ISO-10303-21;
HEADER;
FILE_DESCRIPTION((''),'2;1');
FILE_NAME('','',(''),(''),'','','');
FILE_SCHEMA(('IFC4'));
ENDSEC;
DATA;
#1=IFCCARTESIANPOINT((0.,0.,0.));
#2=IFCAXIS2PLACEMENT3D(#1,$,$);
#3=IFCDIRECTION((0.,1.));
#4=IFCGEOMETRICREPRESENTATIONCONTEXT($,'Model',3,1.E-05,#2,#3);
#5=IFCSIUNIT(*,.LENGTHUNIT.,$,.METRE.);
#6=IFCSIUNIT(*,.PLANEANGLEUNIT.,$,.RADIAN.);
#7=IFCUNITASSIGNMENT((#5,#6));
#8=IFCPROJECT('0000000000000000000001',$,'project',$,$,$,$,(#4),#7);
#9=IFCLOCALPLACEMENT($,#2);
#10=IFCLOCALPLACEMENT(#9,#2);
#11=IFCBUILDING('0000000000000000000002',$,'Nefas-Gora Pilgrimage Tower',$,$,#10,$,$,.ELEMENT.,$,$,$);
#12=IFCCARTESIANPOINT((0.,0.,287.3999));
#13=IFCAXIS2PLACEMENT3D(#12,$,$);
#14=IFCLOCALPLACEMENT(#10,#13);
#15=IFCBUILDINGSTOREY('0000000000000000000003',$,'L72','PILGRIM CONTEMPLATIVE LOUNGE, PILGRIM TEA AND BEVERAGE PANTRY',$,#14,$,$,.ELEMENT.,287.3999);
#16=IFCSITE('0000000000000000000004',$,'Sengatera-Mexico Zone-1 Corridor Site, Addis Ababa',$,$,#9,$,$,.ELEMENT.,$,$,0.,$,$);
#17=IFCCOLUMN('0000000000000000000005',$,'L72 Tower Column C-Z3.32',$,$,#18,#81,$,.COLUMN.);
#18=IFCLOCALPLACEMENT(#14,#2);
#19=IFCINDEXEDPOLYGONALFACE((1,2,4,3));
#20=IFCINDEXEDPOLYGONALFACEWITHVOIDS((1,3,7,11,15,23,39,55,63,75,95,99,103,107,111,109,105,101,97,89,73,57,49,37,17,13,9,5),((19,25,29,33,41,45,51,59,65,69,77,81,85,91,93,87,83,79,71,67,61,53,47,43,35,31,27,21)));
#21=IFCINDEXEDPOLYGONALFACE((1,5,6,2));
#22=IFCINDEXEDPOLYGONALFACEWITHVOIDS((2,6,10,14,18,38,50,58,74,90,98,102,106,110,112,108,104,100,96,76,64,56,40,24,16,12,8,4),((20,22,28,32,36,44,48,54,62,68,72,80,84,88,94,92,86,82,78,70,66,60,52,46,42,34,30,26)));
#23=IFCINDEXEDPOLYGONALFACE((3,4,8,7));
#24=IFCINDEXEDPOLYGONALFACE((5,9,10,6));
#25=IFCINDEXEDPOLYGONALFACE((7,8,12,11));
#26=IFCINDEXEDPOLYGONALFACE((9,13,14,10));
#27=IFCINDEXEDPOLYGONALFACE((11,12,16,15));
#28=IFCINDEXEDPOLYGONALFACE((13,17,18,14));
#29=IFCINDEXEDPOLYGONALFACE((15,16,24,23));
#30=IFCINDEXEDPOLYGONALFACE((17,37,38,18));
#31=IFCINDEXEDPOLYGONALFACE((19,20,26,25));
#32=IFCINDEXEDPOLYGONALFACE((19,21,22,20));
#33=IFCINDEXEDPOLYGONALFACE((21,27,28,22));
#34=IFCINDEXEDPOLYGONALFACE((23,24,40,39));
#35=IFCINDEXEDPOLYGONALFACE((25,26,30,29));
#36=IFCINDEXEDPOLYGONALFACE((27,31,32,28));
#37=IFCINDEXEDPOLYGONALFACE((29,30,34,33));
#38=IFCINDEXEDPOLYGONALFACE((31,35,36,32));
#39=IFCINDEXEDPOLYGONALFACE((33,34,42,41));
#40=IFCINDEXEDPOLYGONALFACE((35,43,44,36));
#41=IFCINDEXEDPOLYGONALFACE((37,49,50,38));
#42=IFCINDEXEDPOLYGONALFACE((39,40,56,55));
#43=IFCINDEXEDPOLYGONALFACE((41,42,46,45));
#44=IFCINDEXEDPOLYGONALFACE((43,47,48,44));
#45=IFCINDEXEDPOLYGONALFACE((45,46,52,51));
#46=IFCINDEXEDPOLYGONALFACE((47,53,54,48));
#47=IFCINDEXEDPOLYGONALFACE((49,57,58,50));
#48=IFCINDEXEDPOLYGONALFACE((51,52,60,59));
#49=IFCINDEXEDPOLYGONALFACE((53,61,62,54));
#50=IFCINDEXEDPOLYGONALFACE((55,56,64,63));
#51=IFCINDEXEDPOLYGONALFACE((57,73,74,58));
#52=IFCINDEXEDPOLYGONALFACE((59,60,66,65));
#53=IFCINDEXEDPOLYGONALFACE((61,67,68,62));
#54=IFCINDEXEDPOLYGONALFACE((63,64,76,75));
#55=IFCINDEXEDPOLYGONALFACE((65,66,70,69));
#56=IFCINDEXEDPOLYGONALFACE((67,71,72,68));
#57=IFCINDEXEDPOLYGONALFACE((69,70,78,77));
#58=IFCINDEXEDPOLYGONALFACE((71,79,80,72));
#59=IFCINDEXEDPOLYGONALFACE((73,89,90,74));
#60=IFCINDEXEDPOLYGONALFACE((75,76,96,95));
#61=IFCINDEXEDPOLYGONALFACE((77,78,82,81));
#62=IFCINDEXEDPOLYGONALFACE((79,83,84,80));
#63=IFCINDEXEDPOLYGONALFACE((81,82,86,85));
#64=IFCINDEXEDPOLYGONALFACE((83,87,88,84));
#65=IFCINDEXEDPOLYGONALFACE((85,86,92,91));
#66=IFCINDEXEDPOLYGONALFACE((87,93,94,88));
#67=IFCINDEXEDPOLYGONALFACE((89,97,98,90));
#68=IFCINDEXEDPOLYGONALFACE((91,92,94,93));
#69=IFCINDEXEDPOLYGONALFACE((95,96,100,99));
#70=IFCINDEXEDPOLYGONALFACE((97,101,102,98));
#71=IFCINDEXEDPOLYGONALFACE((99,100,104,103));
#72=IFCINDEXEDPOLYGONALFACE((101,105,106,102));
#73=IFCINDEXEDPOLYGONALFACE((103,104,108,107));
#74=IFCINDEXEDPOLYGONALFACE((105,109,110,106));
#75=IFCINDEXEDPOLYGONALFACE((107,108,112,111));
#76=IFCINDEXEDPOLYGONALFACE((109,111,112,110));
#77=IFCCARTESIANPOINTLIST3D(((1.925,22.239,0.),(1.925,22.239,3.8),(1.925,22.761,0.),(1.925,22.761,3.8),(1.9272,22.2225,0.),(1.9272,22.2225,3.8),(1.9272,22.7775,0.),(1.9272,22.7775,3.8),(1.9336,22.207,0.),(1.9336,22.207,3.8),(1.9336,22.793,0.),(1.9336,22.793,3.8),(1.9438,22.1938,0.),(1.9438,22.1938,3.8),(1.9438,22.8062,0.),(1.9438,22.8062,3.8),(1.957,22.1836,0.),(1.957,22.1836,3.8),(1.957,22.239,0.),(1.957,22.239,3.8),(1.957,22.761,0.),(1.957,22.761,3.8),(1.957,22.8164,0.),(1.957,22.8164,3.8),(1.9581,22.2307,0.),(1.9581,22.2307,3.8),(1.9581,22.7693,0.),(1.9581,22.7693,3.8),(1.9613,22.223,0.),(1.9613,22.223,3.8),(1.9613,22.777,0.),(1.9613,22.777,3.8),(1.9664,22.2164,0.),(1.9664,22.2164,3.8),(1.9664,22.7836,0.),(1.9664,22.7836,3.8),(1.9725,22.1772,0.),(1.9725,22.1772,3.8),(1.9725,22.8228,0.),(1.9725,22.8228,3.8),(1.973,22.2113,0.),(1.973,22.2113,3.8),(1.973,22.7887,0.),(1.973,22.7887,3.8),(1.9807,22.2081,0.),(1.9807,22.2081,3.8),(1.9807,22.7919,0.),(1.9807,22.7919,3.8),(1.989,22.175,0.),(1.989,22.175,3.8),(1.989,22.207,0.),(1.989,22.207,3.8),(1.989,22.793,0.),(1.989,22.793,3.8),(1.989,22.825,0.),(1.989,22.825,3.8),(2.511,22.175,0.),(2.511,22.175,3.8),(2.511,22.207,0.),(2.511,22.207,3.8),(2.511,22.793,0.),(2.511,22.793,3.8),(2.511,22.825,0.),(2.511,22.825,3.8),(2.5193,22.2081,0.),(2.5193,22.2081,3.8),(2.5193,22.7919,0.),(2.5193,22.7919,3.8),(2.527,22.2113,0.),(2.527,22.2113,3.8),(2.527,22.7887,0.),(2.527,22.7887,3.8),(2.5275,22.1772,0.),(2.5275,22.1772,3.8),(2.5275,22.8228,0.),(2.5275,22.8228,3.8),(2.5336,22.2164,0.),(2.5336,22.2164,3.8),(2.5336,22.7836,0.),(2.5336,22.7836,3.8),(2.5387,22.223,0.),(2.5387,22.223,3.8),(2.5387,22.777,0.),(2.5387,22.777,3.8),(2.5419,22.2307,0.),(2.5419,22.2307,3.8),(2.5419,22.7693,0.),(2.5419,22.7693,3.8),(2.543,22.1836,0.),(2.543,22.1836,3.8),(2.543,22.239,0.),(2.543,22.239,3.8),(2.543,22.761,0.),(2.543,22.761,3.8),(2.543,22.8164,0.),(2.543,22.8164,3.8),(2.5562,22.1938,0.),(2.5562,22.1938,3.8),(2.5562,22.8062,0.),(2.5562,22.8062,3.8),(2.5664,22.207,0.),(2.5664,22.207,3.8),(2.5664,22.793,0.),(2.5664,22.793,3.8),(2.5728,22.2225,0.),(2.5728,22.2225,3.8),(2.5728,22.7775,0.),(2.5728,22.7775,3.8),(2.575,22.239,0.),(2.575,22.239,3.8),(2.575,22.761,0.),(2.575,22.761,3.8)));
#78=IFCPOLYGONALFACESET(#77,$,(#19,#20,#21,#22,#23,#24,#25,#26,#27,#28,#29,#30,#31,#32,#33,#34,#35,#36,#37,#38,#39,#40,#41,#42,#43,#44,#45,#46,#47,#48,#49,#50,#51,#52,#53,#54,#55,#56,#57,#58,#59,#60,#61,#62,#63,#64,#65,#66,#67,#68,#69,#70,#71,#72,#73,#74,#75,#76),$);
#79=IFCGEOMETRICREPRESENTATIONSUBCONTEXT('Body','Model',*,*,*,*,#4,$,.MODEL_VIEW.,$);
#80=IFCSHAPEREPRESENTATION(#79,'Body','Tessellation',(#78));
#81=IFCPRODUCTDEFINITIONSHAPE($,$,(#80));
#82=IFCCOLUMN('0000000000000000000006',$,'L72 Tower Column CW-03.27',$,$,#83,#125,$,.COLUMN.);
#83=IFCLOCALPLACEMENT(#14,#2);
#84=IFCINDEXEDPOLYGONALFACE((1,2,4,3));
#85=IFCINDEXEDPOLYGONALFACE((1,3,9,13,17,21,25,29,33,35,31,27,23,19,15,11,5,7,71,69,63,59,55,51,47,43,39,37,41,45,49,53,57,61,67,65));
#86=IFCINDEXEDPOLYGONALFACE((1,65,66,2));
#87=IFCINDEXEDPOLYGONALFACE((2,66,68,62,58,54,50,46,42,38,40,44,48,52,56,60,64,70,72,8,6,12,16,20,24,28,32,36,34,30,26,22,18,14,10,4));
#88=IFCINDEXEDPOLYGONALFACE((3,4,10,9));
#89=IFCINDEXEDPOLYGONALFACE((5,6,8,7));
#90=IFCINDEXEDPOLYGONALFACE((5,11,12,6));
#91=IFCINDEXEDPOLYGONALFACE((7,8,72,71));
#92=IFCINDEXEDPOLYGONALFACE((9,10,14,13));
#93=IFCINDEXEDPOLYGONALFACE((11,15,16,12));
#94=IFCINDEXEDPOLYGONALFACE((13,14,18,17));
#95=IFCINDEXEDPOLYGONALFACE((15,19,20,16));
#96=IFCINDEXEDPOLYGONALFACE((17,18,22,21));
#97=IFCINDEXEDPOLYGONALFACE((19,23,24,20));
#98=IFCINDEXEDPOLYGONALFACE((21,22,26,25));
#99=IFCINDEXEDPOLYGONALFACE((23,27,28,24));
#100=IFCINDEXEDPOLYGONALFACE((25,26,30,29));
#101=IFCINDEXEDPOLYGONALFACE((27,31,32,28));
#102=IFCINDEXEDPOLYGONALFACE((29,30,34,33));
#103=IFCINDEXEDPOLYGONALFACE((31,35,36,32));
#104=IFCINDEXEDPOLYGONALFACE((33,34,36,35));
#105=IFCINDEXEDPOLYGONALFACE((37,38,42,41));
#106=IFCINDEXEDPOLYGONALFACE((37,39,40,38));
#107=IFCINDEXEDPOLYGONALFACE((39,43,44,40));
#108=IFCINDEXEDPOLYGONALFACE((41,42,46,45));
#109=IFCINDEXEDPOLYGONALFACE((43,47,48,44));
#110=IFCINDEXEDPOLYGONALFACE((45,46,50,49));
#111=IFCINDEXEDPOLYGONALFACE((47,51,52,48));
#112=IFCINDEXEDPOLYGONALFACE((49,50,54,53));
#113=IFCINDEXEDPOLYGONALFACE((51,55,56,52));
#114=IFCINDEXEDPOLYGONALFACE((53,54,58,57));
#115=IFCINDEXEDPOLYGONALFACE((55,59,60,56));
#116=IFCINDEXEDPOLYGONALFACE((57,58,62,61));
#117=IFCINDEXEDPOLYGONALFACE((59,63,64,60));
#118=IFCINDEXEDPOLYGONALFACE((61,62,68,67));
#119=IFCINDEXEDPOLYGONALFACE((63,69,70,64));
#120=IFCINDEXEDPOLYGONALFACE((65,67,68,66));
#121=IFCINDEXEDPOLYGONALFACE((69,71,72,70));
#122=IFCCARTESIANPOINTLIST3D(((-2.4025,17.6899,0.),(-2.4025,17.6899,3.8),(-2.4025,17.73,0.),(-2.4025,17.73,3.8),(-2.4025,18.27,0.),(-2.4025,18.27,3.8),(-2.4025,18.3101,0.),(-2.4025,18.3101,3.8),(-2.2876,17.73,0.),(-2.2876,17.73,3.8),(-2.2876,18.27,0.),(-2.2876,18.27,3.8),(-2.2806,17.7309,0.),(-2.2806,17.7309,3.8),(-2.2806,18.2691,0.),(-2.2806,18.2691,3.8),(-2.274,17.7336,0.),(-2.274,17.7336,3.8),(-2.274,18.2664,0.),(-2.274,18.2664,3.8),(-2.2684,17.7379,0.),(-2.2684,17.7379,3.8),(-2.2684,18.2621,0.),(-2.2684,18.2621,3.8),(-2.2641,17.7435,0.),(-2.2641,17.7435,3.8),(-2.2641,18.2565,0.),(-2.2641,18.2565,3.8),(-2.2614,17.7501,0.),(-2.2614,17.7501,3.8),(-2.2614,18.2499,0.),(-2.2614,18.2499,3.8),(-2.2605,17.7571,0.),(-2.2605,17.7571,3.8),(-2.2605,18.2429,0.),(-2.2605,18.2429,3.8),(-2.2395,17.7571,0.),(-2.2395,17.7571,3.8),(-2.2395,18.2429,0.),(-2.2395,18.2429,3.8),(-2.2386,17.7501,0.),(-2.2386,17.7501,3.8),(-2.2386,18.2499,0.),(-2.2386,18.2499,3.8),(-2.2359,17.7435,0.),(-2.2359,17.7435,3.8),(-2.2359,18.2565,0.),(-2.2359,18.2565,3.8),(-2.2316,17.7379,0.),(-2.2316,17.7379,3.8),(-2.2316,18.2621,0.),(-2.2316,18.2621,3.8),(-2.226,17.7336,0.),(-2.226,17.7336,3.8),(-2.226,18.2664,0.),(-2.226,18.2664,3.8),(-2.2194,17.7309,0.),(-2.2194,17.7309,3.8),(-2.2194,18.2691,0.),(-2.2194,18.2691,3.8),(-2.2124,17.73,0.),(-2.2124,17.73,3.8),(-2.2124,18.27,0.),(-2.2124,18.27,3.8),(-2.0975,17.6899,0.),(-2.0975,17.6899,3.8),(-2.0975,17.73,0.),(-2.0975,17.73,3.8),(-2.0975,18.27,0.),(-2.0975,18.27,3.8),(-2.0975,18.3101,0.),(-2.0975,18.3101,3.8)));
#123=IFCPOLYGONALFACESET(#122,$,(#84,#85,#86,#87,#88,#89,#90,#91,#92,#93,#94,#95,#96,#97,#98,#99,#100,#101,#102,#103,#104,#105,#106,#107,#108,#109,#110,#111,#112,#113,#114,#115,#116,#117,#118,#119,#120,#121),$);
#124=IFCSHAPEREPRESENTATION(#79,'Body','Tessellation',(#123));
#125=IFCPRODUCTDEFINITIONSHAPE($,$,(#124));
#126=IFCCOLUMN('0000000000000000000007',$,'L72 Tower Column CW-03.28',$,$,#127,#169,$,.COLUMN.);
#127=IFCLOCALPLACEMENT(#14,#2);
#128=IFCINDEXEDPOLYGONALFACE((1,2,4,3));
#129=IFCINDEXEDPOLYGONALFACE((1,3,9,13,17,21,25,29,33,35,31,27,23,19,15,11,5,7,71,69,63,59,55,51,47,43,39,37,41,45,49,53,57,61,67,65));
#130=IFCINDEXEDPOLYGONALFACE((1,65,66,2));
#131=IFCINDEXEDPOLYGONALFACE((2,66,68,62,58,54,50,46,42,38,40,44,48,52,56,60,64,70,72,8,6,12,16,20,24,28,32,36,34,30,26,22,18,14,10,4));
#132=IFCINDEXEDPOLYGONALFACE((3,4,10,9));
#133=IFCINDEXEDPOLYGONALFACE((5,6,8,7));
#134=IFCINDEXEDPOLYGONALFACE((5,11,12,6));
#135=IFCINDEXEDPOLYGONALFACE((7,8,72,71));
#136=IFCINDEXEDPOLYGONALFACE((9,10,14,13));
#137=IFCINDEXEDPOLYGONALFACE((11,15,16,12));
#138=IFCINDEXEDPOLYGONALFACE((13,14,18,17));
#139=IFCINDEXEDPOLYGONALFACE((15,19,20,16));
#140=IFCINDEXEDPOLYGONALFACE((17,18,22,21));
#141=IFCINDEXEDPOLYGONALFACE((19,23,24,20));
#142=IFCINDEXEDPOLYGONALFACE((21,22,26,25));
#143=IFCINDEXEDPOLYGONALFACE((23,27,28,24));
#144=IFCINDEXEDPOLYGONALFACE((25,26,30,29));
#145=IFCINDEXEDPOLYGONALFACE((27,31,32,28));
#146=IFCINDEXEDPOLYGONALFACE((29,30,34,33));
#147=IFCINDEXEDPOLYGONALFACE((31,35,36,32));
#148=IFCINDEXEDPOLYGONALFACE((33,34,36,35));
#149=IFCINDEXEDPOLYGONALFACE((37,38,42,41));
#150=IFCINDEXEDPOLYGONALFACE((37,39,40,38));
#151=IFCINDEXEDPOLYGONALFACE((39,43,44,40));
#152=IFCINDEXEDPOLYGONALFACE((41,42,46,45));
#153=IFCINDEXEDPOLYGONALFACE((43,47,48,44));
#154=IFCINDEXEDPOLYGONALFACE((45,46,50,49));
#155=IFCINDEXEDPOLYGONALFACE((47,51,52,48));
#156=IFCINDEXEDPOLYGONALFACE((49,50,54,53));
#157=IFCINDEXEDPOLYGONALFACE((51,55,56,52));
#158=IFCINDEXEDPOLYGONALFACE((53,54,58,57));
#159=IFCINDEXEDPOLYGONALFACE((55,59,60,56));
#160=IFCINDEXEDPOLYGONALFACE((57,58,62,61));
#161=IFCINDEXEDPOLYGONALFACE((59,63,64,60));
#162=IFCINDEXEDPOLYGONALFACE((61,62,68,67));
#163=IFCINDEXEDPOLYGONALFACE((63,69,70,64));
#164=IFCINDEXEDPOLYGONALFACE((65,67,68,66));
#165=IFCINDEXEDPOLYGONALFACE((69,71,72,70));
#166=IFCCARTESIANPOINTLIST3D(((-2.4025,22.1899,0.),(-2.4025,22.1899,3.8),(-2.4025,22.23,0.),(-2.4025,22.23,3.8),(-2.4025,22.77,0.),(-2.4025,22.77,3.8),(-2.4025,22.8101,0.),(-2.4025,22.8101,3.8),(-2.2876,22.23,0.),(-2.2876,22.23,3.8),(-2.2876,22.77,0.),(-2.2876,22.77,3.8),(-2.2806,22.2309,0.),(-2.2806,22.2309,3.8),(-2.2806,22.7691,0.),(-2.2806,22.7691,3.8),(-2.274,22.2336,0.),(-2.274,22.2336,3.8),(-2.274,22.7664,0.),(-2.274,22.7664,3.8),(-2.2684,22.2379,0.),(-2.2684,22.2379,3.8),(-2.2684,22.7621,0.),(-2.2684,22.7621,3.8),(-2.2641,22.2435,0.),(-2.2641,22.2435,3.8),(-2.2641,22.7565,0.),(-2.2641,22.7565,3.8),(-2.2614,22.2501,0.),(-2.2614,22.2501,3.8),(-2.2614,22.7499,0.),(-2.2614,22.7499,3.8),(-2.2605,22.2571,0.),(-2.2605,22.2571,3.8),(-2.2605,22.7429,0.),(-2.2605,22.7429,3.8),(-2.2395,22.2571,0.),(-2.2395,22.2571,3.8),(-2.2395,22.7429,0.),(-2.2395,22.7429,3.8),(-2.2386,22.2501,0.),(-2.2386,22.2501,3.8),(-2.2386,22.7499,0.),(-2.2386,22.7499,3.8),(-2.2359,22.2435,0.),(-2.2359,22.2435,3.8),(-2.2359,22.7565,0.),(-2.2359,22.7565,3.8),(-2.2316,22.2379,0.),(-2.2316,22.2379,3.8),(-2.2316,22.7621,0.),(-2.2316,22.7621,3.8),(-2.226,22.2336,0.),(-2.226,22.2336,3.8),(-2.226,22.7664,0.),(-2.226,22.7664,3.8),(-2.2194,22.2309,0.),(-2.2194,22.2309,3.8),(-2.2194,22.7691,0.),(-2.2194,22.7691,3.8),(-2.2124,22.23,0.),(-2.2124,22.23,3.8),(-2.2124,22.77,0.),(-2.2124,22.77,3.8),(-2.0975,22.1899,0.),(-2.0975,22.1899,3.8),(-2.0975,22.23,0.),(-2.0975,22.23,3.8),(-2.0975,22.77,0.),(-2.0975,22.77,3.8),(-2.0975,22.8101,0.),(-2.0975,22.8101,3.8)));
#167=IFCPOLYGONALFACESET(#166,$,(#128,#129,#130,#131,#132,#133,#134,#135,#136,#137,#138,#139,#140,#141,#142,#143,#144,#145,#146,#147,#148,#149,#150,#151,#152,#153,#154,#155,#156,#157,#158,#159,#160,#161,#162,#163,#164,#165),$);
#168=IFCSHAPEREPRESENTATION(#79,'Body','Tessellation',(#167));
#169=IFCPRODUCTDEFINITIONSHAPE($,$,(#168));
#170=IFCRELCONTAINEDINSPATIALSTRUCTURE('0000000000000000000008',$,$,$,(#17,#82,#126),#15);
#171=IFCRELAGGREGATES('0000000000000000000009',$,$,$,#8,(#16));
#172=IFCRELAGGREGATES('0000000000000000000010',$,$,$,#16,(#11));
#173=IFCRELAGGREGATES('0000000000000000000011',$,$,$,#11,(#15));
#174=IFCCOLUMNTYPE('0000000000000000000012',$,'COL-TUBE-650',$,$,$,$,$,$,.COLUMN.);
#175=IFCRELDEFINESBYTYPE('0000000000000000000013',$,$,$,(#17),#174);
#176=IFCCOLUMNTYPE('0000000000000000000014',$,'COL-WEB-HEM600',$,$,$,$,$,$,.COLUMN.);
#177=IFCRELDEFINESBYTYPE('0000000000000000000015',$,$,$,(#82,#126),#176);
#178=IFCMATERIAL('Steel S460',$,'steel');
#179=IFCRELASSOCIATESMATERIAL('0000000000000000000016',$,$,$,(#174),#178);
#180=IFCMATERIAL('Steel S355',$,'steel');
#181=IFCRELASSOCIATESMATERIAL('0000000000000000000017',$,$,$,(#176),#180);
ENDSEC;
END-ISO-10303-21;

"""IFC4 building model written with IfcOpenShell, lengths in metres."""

from ifc_helpers import new_model, si_unit, direction, frame, origin, origin_2d, place, context, subcontext, project, spatial, hollow_rectangle, i_section, extrude, source, transform, mapped, material, material_profile, profile_set, type_object, element, save


model = new_model("IFC4")

# Units and contexts
model_context = context("Model", 3, precision=1e-05, world=origin(), true_north=direction((0.0, 1.0)))
body_context = subcontext(model_context, "Body", "Model", "MODEL_VIEW")
ifc_project = project(units=[si_unit("LENGTHUNIT", "METRE"), si_unit("PLANEANGLEUNIT", "RADIAN")], contexts=[model_context])

# Site, building, storey
site_placement = place(None, origin())
site = spatial("IfcSite", under=ifc_project, at=site_placement, Name="Sengatera-Mexico Zone-1 Corridor Site, Addis Ababa", CompositionType="ELEMENT", RefElevation=0.0)
building_placement = place(site_placement, origin())
building = spatial("IfcBuilding", under=site, at=building_placement, Name="Nefas-Gora Pilgrimage Tower", CompositionType="ELEMENT")
storey_placement = place(building_placement, frame((0.0, 0.0, 287.3999)))
storey = spatial("IfcBuildingStorey", under=building, at=storey_placement, Name="L72", Description="PILGRIM CONTEMPLATIVE LOUNGE, PILGRIM TEA AND BEVERAGE PANTRY", CompositionType="ELEMENT", Elevation=287.3999)

# Columns
ifc_material_1 = material(Name="Steel S460", Category="steel")
ifc_material_profile_1 = material_profile(ifc_material_1, hollow_rectangle(XDim=0.6499, YDim=0.6499, WallThickness=0.032, InnerFilletRadius=0.032, OuterFilletRadius=0.064, at=origin_2d()), Name="BOX 650x650x32")
ifc_profile_set_1 = profile_set([ifc_material_profile_1], Name="Steel S460")
column_type_1 = type_object("IfcColumnType", Name="COL-TUBE-650", PredefinedType="COLUMN", material=ifc_profile_set_1)
shared_shape_1 = source(origin(), body_context, "Body", "SweptSolid", [
    extrude(hollow_rectangle(XDim=0.6499, YDim=0.6499, WallThickness=0.032, InnerFilletRadius=0.032, OuterFilletRadius=0.064, at=origin_2d()), origin(), (0.0, 0.0, 1.0), 3.8),
])
column_placement = place(storey_placement, frame((2.25, 22.5, 0.0), z_axis=(0.0, 0.0, 1.0), x_axis=(1.0, 0.0, 0.0)))
element("IfcColumn", 1, at=column_placement, inside=storey, type_object=column_type_1, Name="L72 Tower Column C-Z3.32", PredefinedType="COLUMN", context=body_context, shape_type="MappedRepresentation", body=[
    mapped(shared_shape_1, transform((0.0, 0.0, 0.0), x_axis=(1.0, 0.0, 0.0), y_axis=(0.0, 1.0, 0.0), z_axis=(0.0, 0.0, 1.0), scale=1.0)),
])
ifc_material_2 = material(Name="Steel S355", Category="steel")
ifc_material_profile_2 = material_profile(ifc_material_2, i_section(OverallWidth=0.3049, OverallDepth=0.6201, WebThickness=0.021, FlangeThickness=0.04, FilletRadius=0.0271, at=origin_2d()), Name="HEM 600")
ifc_profile_set_2 = profile_set([ifc_material_profile_2], Name="Steel S355")
column_type_2 = type_object("IfcColumnType", Name="COL-WEB-HEM600", PredefinedType="COLUMN", material=ifc_profile_set_2)
shared_shape_2 = source(origin(), body_context, "Body", "SweptSolid", [
    extrude(i_section(OverallWidth=0.3049, OverallDepth=0.6201, WebThickness=0.021, FlangeThickness=0.04, FilletRadius=0.0271, at=origin_2d()), origin(), (0.0, 0.0, 1.0), 3.8),
])
for number, where, z_axis, x_axis, name in (
    (2, (-2.25, 18.0, 0.0), (0.0, 0.0, 1.0), (1.0, 0.0, 0.0), "L72 Tower Column CW-03.27"),
    (3, (-2.25, 22.5, 0.0), (0.0, 0.0, 1.0), (1.0, 0.0, 0.0), "L72 Tower Column CW-03.28"),
):
    element("IfcColumn", number, at=place(storey_placement, frame(where, z_axis=z_axis, x_axis=x_axis)), inside=storey, type_object=column_type_2, Name=name, PredefinedType="COLUMN", context=body_context, shape_type="MappedRepresentation", body=[
        mapped(shared_shape_2, transform((0.0, 0.0, 0.0), x_axis=(1.0, 0.0, 0.0), y_axis=(0.0, 1.0, 0.0), z_axis=(0.0, 0.0, 1.0), scale=1.0)),
    ])

save(model, "model.ifc")
